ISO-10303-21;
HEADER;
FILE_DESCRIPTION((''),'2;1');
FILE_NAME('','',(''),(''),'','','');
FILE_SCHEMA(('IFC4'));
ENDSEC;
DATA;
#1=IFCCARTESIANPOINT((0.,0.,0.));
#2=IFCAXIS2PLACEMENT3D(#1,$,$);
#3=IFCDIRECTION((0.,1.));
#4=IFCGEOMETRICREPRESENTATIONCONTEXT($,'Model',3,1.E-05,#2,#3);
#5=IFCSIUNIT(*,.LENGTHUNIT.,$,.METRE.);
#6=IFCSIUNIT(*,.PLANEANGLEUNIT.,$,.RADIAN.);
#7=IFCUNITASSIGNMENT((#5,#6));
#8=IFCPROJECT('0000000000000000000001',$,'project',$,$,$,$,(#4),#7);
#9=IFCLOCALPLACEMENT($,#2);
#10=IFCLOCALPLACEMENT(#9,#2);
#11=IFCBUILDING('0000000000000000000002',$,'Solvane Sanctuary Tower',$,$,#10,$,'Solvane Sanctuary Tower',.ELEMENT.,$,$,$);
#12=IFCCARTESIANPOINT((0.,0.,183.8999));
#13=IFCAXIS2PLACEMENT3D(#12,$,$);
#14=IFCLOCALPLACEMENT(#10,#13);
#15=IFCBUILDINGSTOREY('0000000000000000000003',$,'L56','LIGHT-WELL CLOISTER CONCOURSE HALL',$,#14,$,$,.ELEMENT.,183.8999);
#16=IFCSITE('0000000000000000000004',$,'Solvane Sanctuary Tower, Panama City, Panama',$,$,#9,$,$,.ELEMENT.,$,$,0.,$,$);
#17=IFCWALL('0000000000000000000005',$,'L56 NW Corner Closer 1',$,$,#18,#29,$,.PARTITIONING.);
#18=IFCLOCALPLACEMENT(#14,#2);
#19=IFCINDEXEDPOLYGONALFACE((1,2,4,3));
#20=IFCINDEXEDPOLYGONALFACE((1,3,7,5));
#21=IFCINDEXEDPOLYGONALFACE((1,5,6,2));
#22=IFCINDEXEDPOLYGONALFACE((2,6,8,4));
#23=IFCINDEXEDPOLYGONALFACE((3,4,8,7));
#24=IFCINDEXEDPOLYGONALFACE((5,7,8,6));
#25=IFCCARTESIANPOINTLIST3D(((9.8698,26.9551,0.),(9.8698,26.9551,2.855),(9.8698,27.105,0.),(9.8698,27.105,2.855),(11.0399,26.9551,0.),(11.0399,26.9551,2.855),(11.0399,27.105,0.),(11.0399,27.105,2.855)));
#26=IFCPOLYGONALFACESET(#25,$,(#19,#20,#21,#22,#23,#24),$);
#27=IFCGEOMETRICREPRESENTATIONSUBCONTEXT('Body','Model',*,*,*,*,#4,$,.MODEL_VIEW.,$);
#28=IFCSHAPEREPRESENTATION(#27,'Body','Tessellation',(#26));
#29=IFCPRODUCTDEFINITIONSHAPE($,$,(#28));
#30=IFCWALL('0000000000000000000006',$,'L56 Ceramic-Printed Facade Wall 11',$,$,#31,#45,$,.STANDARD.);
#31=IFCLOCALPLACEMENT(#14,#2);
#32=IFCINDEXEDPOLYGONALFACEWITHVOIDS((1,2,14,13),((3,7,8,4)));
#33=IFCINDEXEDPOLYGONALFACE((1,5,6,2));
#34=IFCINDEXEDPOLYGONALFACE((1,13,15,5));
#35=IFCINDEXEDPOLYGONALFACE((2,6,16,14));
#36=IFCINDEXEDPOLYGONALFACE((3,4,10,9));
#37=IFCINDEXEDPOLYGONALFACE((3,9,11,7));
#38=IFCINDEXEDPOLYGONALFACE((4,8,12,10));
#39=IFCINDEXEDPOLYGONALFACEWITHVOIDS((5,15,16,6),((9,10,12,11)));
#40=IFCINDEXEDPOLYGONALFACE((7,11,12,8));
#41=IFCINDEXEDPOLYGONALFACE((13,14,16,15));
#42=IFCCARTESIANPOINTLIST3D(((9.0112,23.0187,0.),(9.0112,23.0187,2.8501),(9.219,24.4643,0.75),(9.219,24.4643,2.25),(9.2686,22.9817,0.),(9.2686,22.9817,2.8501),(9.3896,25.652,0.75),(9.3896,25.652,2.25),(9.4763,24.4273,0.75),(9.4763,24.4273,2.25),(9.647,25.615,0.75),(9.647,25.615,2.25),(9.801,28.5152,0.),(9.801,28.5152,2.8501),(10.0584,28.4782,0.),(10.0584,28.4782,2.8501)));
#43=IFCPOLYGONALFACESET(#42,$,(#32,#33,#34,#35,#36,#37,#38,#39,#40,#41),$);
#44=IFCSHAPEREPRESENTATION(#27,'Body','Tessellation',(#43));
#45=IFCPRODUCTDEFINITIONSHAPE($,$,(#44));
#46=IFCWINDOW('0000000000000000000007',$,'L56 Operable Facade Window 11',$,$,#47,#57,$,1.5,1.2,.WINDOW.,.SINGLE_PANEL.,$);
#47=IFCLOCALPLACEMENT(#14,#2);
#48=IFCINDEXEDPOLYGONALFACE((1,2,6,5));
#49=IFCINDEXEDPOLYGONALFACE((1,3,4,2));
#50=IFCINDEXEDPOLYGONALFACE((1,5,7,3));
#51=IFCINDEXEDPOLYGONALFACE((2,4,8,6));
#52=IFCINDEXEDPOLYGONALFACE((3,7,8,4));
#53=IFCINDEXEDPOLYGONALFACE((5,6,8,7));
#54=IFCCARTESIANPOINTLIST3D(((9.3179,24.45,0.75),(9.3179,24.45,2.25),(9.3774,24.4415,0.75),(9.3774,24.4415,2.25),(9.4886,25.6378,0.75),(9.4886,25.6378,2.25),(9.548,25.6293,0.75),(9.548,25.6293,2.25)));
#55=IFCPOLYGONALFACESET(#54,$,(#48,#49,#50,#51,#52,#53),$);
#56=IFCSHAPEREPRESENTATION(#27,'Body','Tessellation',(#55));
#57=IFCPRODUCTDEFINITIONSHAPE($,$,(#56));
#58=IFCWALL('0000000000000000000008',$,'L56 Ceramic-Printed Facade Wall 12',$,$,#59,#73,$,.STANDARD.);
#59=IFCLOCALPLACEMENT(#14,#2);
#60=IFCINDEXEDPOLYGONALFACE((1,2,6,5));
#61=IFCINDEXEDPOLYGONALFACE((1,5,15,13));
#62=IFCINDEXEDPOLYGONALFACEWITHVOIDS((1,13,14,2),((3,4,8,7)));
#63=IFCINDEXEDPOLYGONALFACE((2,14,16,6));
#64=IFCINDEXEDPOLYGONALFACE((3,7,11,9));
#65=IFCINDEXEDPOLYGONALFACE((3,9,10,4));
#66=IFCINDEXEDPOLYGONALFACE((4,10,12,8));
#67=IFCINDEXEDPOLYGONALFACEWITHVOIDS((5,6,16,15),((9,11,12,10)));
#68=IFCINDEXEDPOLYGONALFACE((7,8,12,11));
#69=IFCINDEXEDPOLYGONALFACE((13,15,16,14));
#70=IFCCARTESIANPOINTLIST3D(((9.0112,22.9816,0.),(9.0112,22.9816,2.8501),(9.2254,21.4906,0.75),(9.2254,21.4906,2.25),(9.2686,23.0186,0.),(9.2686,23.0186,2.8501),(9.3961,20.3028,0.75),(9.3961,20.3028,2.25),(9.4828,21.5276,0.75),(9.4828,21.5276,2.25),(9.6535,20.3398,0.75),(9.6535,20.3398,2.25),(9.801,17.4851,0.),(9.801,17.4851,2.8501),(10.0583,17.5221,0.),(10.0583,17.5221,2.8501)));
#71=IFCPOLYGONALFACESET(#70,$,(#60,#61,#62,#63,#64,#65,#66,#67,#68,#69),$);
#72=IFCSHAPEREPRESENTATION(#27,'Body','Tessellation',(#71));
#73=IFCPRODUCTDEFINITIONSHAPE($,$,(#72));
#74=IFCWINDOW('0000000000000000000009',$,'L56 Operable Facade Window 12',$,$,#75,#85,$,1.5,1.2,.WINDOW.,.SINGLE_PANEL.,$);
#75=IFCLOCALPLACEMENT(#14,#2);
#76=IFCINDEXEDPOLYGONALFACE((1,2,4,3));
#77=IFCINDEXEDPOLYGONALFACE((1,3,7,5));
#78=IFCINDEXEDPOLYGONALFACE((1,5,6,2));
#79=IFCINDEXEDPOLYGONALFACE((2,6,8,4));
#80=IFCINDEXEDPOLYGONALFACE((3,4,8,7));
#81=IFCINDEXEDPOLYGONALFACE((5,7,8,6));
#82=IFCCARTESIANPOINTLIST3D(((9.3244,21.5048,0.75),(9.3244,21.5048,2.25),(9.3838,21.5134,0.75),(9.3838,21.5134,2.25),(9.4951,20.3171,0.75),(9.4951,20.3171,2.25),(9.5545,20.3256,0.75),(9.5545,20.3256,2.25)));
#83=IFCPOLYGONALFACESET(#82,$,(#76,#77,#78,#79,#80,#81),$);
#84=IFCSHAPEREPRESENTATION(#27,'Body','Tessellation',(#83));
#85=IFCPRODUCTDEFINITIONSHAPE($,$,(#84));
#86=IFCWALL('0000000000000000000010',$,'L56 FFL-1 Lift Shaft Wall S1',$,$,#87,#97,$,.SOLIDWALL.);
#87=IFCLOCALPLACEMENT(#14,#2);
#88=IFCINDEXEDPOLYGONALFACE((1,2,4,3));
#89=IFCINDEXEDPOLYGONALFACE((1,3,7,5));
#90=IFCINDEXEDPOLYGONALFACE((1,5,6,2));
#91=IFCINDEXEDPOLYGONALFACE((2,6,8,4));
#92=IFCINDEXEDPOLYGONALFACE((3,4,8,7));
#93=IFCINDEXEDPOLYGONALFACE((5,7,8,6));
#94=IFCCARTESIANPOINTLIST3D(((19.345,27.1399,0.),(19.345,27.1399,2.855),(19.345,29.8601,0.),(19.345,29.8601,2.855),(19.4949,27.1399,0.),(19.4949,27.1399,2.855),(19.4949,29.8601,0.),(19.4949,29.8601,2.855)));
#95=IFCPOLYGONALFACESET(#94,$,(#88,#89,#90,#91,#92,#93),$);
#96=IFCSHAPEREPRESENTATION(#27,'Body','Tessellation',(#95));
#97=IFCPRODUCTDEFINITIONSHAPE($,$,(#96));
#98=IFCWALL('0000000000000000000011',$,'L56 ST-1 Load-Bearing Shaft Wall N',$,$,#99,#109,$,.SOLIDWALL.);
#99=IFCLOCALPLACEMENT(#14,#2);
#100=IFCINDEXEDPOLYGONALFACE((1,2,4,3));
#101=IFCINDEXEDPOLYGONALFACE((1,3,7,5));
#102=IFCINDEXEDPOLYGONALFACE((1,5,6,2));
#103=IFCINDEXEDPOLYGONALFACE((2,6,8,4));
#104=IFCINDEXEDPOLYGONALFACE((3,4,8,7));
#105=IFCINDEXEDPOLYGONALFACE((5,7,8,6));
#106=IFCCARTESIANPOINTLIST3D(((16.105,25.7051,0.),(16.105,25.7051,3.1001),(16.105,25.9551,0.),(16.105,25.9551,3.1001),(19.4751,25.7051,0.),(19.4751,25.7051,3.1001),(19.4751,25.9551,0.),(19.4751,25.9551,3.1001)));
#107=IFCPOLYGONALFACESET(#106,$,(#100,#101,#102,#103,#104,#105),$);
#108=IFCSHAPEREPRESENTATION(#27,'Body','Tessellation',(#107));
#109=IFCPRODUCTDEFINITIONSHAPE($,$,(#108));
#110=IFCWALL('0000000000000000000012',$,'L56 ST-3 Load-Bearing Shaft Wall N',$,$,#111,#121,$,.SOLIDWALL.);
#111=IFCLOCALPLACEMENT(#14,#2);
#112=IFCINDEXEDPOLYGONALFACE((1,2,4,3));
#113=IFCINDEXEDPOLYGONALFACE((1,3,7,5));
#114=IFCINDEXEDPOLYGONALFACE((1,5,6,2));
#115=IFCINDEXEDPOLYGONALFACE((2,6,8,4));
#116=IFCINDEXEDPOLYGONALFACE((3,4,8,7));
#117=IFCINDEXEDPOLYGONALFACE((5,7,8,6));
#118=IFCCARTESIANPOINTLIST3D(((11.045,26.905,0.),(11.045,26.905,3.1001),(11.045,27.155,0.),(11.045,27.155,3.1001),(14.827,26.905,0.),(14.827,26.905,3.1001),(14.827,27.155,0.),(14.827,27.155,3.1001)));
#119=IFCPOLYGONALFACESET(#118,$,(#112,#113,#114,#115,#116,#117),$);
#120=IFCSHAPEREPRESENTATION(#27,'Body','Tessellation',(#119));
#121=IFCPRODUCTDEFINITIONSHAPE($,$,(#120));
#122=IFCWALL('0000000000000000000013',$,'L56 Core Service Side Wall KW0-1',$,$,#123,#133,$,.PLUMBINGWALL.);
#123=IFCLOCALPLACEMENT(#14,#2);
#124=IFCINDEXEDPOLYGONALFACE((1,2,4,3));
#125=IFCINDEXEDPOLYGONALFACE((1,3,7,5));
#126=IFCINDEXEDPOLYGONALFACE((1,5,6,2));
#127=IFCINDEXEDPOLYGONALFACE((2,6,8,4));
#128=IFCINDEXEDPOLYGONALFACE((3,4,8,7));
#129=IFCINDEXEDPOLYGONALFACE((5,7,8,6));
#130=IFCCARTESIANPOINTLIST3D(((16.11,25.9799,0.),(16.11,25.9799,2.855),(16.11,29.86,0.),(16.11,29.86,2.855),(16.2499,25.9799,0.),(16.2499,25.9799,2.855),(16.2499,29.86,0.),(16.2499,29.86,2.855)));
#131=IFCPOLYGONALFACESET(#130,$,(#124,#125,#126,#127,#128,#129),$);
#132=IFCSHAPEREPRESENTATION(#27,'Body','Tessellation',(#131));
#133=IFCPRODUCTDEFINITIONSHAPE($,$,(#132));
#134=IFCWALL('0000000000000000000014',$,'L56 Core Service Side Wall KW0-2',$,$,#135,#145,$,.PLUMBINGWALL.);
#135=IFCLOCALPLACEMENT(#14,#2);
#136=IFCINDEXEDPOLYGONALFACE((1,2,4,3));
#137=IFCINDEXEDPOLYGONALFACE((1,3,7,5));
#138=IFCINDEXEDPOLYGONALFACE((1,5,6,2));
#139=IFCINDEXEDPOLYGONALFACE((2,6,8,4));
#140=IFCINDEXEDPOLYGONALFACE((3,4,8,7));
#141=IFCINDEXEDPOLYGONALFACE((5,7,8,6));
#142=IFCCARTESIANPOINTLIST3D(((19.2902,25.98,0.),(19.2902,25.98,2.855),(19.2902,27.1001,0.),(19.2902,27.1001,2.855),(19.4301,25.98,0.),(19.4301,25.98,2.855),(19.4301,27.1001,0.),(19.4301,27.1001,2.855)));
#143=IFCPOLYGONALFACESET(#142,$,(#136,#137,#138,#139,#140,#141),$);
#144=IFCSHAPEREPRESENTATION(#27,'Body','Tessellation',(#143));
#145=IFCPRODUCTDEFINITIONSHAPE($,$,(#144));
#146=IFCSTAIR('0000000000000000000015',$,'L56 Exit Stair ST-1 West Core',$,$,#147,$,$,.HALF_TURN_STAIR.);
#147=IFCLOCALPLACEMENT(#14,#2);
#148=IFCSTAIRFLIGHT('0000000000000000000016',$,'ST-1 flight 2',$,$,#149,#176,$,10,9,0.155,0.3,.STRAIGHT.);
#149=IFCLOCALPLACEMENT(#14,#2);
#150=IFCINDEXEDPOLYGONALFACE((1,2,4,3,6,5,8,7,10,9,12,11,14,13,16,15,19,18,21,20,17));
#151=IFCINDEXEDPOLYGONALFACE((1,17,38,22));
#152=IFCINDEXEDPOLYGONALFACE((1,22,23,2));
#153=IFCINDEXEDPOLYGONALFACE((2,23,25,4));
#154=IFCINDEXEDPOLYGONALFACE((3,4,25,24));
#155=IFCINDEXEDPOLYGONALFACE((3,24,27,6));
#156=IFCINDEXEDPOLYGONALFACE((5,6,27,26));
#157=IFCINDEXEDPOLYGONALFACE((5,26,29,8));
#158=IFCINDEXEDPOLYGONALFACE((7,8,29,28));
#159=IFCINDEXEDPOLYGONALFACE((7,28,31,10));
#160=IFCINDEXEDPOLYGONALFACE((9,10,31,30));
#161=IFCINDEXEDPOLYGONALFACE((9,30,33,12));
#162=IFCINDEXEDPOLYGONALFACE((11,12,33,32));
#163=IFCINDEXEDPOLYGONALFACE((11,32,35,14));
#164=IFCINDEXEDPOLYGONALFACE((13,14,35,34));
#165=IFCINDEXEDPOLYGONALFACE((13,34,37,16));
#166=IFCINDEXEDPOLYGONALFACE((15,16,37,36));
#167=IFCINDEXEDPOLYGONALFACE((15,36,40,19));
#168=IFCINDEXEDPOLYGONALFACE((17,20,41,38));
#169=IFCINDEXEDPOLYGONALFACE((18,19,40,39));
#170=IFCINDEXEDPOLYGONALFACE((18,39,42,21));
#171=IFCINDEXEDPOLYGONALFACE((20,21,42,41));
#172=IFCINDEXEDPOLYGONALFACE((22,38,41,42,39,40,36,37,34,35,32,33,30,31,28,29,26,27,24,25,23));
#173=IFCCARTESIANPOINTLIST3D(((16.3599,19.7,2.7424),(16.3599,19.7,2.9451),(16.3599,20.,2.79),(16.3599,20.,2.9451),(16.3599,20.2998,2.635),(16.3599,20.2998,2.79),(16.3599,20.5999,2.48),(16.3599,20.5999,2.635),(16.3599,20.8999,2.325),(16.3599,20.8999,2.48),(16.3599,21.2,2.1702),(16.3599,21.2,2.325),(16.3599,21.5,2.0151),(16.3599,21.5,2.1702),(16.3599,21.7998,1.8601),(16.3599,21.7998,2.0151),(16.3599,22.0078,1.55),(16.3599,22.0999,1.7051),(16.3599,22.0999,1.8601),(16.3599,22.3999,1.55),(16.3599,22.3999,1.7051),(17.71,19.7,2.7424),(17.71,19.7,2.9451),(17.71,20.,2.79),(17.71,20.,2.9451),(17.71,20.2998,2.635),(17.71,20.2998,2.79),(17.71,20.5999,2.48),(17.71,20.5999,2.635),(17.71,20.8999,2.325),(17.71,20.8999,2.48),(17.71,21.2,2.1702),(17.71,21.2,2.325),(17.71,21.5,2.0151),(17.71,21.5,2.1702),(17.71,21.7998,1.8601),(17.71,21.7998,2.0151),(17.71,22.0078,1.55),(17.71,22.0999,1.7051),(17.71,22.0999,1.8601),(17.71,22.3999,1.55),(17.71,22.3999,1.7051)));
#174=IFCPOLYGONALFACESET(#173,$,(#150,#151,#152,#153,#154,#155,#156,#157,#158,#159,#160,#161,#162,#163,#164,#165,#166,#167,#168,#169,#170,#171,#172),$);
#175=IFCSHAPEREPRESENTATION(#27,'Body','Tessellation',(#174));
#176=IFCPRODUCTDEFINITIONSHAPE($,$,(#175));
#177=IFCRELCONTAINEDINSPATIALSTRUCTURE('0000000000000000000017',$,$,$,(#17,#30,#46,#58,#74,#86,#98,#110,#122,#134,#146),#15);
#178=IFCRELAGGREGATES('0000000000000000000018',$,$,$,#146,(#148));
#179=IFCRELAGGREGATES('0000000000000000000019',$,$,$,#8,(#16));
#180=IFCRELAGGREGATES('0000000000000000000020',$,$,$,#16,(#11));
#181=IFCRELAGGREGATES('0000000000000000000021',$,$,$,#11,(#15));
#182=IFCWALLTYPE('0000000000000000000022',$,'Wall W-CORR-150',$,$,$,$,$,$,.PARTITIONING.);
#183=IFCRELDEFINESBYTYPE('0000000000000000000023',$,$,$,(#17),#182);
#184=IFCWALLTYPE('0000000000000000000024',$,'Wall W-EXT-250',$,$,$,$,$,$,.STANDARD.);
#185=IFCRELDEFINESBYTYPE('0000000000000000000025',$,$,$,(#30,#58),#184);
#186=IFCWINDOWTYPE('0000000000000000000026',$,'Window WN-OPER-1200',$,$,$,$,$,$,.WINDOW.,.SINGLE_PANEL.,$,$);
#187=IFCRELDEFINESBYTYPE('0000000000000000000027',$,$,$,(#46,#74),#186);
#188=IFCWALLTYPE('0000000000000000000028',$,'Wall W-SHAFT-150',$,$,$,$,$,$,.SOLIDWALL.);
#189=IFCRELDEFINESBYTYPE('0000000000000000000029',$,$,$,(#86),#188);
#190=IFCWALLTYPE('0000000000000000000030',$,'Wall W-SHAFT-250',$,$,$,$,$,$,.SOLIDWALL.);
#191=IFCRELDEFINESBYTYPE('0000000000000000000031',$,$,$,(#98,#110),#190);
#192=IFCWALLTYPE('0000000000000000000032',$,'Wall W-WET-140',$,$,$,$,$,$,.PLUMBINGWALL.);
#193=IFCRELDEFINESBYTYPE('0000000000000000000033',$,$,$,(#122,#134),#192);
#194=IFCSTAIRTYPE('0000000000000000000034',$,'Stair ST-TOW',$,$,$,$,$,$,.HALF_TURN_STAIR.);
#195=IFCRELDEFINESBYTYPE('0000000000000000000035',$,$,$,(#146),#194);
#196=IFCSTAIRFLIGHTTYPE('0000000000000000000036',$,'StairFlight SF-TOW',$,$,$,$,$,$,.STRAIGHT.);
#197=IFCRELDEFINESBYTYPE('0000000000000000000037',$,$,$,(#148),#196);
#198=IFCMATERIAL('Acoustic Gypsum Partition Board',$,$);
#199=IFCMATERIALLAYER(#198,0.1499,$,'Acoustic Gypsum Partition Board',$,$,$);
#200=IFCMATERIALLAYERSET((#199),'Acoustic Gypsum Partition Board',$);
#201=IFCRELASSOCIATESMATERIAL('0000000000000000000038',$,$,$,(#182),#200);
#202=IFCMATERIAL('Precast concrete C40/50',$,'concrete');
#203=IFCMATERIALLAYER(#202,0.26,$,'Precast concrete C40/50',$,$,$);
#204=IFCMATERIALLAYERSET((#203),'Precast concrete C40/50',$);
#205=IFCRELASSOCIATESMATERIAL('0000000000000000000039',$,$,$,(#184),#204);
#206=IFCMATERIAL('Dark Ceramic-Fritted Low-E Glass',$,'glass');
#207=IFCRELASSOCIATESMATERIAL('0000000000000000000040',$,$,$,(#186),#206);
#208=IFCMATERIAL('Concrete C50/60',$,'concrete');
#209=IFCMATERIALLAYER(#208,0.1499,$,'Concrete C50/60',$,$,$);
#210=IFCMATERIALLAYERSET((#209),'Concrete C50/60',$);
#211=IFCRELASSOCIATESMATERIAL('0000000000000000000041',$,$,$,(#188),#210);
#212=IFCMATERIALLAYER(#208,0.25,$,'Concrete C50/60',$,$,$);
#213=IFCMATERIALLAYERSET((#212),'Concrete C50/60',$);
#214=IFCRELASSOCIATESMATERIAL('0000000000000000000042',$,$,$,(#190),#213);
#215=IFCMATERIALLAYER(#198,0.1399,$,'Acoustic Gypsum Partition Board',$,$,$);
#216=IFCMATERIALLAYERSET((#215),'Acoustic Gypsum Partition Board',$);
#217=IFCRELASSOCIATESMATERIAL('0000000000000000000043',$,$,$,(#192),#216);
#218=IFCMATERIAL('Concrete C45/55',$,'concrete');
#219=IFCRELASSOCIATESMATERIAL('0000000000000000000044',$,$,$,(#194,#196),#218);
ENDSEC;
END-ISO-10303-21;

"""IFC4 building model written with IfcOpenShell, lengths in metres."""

from ifc_helpers import new_model, si_unit, direction, frame, frame_2d, origin, place, context, subcontext, project, spatial, polyline, rectangle, outline, extrude, material, layer, layer_set, type_object, element, fill, aggregate, save


model = new_model("IFC4")

# Units and contexts
model_context = context("Model", 3, precision=1e-05, world=origin(), true_north=direction((0.0, 1.0)))
body_context = subcontext(model_context, "Body", "Model", "MODEL_VIEW")
ifc_project = project(units=[si_unit("LENGTHUNIT", "METRE"), si_unit("PLANEANGLEUNIT", "RADIAN")], contexts=[model_context])

# Site, building, storey
site_placement = place(None, origin())
site = spatial("IfcSite", under=ifc_project, at=site_placement, Name="Solvane Sanctuary Tower, Panama City, Panama", CompositionType="ELEMENT", RefElevation=0.0)
building_placement = place(site_placement, origin())
building = spatial("IfcBuilding", under=site, at=building_placement, Name="Solvane Sanctuary Tower", LongName="Solvane Sanctuary Tower", CompositionType="ELEMENT")
storey_placement = place(building_placement, frame((0.0, 0.0, 183.8999)))
storey = spatial("IfcBuildingStorey", under=building, at=storey_placement, Name="L56", Description="LIGHT-WELL CLOISTER CONCOURSE HALL", CompositionType="ELEMENT", Elevation=183.8999)

# Wall
ifc_material_1 = material(Name="Acoustic Gypsum Partition Board")
ifc_layer_1 = layer(ifc_material_1, 0.1499, Name="Acoustic Gypsum Partition Board")
ifc_layer_set_1 = layer_set([ifc_layer_1], Name="Acoustic Gypsum Partition Board")
wall_type_1 = type_object("IfcWallType", Name="Wall W-CORR-150", PredefinedType="PARTITIONING", material=ifc_layer_set_1)
wall_1_placement = place(storey_placement, frame((9.8699, 27.03, 0.0), z_axis=(0.0, 0.0, 1.0), x_axis=(1.0, 0.0, 0.0)))
element("IfcWall", 1, at=wall_1_placement, inside=storey, type_object=wall_type_1, Name="L56 NW Corner Closer 1", PredefinedType="PARTITIONING", context=body_context, shape_type="SweptSolid", body=[
    extrude(rectangle(XDim=1.1702, YDim=0.1499, at=frame_2d((0.585, 0.0))), origin(), (0.0, 0.0, 1.0), 2.855),
])

# Walls, openings, windows
ifc_material_2 = material(Name="Precast concrete C40/50", Category="concrete")
ifc_layer_2 = layer(ifc_material_2, 0.26, Name="Precast concrete C40/50")
ifc_layer_set_2 = layer_set([ifc_layer_2], Name="Precast concrete C40/50")
wall_type_2 = type_object("IfcWallType", Name="Wall W-EXT-250", PredefinedType="STANDARD", material=ifc_layer_set_2)
wall_2_placement = place(storey_placement, frame((9.9297, 28.4966, 0.0), z_axis=(0.0, 0.0, 1.0), x_axis=(-0.142228, -0.989834, 0.0)))
wall_2 = element("IfcWall", 2, at=wall_2_placement, inside=storey, type_object=wall_type_2, Name="L56 Ceramic-Printed Facade Wall 11", PredefinedType="STANDARD", context=body_context, shape_type="SweptSolid", body=[
    extrude(rectangle(XDim=5.553, YDim=0.26, at=frame_2d((2.7764, 0.0))), origin(), (0.0, 0.0, 1.0), 2.8501),
])
opening_1_placement = place(wall_2_placement, frame((2.8923, 0.0, 0.75)))
opening_1 = element("IfcOpeningElement", 3, at=opening_1_placement, cuts=wall_2, PredefinedType="OPENING", context=body_context, shape_type="SweptSolid", body=[
    extrude(rectangle(XDim=1.2, YDim=1.5, at=frame_2d((0.6001, 0.75))), frame((0.0, 0.1399, 0.0), z_axis=(0.0, -1.0, 0.0), x_axis=(1.0, 0.0, 0.0)), (0.0, 0.0, 1.0), 0.28),
])
ifc_material_3 = material(Name="Dark Ceramic-Fritted Low-E Glass", Category="glass")
window_type = type_object("IfcWindowType", Name="Window WN-OPER-1200", PartitioningType="SINGLE_PANEL", PredefinedType="WINDOW", material=ifc_material_3)
window_1_placement = place(opening_1_placement, origin())
window_1 = element("IfcWindow", 4, at=window_1_placement, inside=storey, type_object=window_type, Name="L56 Operable Facade Window 11", OverallHeight=1.5, OverallWidth=1.2, PartitioningType="SINGLE_PANEL", PredefinedType="WINDOW", context=body_context, shape_type="SweptSolid", body=[
    extrude(rectangle(XDim=1.2, YDim=1.5, at=frame_2d((0.6001, 0.75))), frame((0.0, 0.03, 0.0), z_axis=(0.0, -1.0, 0.0), x_axis=(1.0, 0.0, 0.0)), (0.0, 0.0, 1.0), 0.0601),
])
fill(opening_1, window_1)
wall_3_placement = place(storey_placement, frame((9.1399, 23.0, 0.0), z_axis=(0.0, 0.0, 1.0), x_axis=(0.142228, -0.989834, 0.0)))
wall_3 = element("IfcWall", 5, at=wall_3_placement, inside=storey, type_object=wall_type_2, Name="L56 Ceramic-Printed Facade Wall 12", PredefinedType="STANDARD", context=body_context, shape_type="SweptSolid", body=[
    extrude(rectangle(XDim=5.553, YDim=0.26, at=frame_2d((2.7764, 0.0))), origin(), (0.0, 0.0, 1.0), 2.8501),
])
opening_2_placement = place(wall_3_placement, frame((1.5061, 0.0, 0.75)))
opening_2 = element("IfcOpeningElement", 6, at=opening_2_placement, cuts=wall_3, PredefinedType="OPENING", context=body_context, shape_type="SweptSolid", body=[
    extrude(rectangle(XDim=1.2, YDim=1.5, at=frame_2d((0.6001, 0.75))), frame((0.0, 0.1399, 0.0), z_axis=(0.0, -1.0, 0.0), x_axis=(1.0, 0.0, 0.0)), (0.0, 0.0, 1.0), 0.28),
])
window_2_placement = place(opening_2_placement, origin())
window_2 = element("IfcWindow", 7, at=window_2_placement, inside=storey, type_object=window_type, Name="L56 Operable Facade Window 12", OverallHeight=1.5, OverallWidth=1.2, PartitioningType="SINGLE_PANEL", PredefinedType="WINDOW", context=body_context, shape_type="SweptSolid", body=[
    extrude(rectangle(XDim=1.2, YDim=1.5, at=frame_2d((0.6001, 0.75))), frame((0.0, 0.03, 0.0), z_axis=(0.0, -1.0, 0.0), x_axis=(1.0, 0.0, 0.0)), (0.0, 0.0, 1.0), 0.0601),
])
fill(opening_2, window_2)

# Walls
ifc_material_4 = material(Name="Concrete C50/60", Category="concrete")
ifc_layer_3 = layer(ifc_material_4, 0.1499, Name="Concrete C50/60")
ifc_layer_set_3 = layer_set([ifc_layer_3], Name="Concrete C50/60")
wall_type_3 = type_object("IfcWallType", Name="Wall W-SHAFT-150", PredefinedType="SOLIDWALL", material=ifc_layer_set_3)
wall_4_placement = place(storey_placement, frame((19.4199, 27.1399, 0.0), z_axis=(0.0, 0.0, 1.0), x_axis=(0.0, 1.0, 0.0)))
element("IfcWall", 8, at=wall_4_placement, inside=storey, type_object=wall_type_3, Name="L56 FFL-1 Lift Shaft Wall S1", PredefinedType="SOLIDWALL", context=body_context, shape_type="SweptSolid", body=[
    extrude(rectangle(XDim=2.7202, YDim=0.1499, at=frame_2d((1.3601, 0.0))), origin(), (0.0, 0.0, 1.0), 2.855),
])
ifc_layer_4 = layer(ifc_material_4, 0.25, Name="Concrete C50/60")
ifc_layer_set_4 = layer_set([ifc_layer_4], Name="Concrete C50/60")
wall_type_4 = type_object("IfcWallType", Name="Wall W-SHAFT-250", PredefinedType="SOLIDWALL", material=ifc_layer_set_4)
wall_5_placement = place(storey_placement, frame((16.105, 25.8301, 0.0), z_axis=(0.0, 0.0, 1.0), x_axis=(1.0, 0.0, 0.0)))
element("IfcWall", 9, at=wall_5_placement, inside=storey, type_object=wall_type_4, Name="L56 ST-1 Load-Bearing Shaft Wall N", PredefinedType="SOLIDWALL", context=body_context, shape_type="SweptSolid", body=[
    extrude(rectangle(XDim=3.3701, YDim=0.25, at=frame_2d((1.6851, 0.0))), origin(), (0.0, 0.0, 1.0), 3.1001),
])
wall_6_placement = place(storey_placement, frame((11.0449, 27.03, 0.0), z_axis=(0.0, 0.0, 1.0), x_axis=(1.0, 0.0, 0.0)))
element("IfcWall", 10, at=wall_6_placement, inside=storey, type_object=wall_type_4, Name="L56 ST-3 Load-Bearing Shaft Wall N", PredefinedType="SOLIDWALL", context=body_context, shape_type="SweptSolid", body=[
    extrude(rectangle(XDim=3.782, YDim=0.25, at=frame_2d((1.8911, 0.0))), origin(), (0.0, 0.0, 1.0), 3.1001),
])
ifc_layer_5 = layer(ifc_material_1, 0.1399, Name="Acoustic Gypsum Partition Board")
ifc_layer_set_5 = layer_set([ifc_layer_5], Name="Acoustic Gypsum Partition Board")
wall_type_5 = type_object("IfcWallType", Name="Wall W-WET-140", PredefinedType="PLUMBINGWALL", material=ifc_layer_set_5)
wall_7_placement = place(storey_placement, frame((16.1799, 25.98, 0.0), z_axis=(0.0, 0.0, 1.0), x_axis=(0.0, 1.0, 0.0)))
element("IfcWall", 11, at=wall_7_placement, inside=storey, type_object=wall_type_5, Name="L56 Core Service Side Wall KW0-1", PredefinedType="PLUMBINGWALL", context=body_context, shape_type="SweptSolid", body=[
    extrude(rectangle(XDim=3.8801, YDim=0.1399, at=frame_2d((1.9399, 0.0))), origin(), (0.0, 0.0, 1.0), 2.855),
])
wall_8_placement = place(storey_placement, frame((19.3601, 25.98, 0.0), z_axis=(0.0, 0.0, 1.0), x_axis=(0.0, 1.0, 0.0)))
element("IfcWall", 12, at=wall_8_placement, inside=storey, type_object=wall_type_5, Name="L56 Core Service Side Wall KW0-2", PredefinedType="PLUMBINGWALL", context=body_context, shape_type="SweptSolid", body=[
    extrude(rectangle(XDim=1.1201, YDim=0.1399, at=frame_2d((0.5601, 0.0))), origin(), (0.0, 0.0, 1.0), 2.855),
])

# Stair, stair flight
ifc_material_5 = material(Name="Concrete C45/55", Category="concrete")
stair_type = type_object("IfcStairType", Name="Stair ST-TOW", PredefinedType="HALF_TURN_STAIR", material=ifc_material_5)
stair_1_placement = place(storey_placement, origin())
stair_1 = element("IfcStair", 13, at=stair_1_placement, inside=storey, type_object=stair_type, Name="L56 Exit Stair ST-1 West Core", PredefinedType="HALF_TURN_STAIR")
stair_flight_type = type_object("IfcStairFlightType", Name="StairFlight SF-TOW", PredefinedType="STRAIGHT", material=ifc_material_5)
stair_flight_1_placement = place(storey_placement, frame((17.0349, 22.3999, 1.55), z_axis=(0.0, 0.0, 1.0), x_axis=(0.0, -1.0, 0.0)))
stair_flight_1 = element("IfcStairFlight", 14, at=stair_flight_1_placement, type_object=stair_flight_type, Name="ST-1 flight 2", NumberOfRisers=10, NumberOfTreads=9, PredefinedType="STRAIGHT", RiserHeight=0.155, TreadLength=0.3, context=body_context, shape_type="SweptSolid", body=[
    extrude(outline(polyline([(0.0, 0.0), (0.0, 0.155), (0.3, 0.155), (0.3, 0.3101), (0.6001, 0.3101), (0.6001, 0.4651), (0.8999, 0.4651), (0.8999, 0.6201), (1.2, 0.6201), (1.2, 0.7749), (1.5, 0.7749), (1.5, 0.9299), (1.8, 0.9299), (1.8, 1.085), (2.1001, 1.085), (2.1001, 1.24), (2.3999, 1.24), (2.3999, 1.395), (2.7, 1.395), (2.7, 1.55), (2.7, 1.1924), (0.3921, 0.0), (0.0, 0.0)])), frame((0.0, 0.675, 0.0), z_axis=(0.0, -1.0, 0.0), x_axis=(1.0, 0.0, 0.0)), (0.0, 0.0, 1.0), 1.3501),
])
aggregate(stair_1, [stair_flight_1])

save(model, "model.ifc")
